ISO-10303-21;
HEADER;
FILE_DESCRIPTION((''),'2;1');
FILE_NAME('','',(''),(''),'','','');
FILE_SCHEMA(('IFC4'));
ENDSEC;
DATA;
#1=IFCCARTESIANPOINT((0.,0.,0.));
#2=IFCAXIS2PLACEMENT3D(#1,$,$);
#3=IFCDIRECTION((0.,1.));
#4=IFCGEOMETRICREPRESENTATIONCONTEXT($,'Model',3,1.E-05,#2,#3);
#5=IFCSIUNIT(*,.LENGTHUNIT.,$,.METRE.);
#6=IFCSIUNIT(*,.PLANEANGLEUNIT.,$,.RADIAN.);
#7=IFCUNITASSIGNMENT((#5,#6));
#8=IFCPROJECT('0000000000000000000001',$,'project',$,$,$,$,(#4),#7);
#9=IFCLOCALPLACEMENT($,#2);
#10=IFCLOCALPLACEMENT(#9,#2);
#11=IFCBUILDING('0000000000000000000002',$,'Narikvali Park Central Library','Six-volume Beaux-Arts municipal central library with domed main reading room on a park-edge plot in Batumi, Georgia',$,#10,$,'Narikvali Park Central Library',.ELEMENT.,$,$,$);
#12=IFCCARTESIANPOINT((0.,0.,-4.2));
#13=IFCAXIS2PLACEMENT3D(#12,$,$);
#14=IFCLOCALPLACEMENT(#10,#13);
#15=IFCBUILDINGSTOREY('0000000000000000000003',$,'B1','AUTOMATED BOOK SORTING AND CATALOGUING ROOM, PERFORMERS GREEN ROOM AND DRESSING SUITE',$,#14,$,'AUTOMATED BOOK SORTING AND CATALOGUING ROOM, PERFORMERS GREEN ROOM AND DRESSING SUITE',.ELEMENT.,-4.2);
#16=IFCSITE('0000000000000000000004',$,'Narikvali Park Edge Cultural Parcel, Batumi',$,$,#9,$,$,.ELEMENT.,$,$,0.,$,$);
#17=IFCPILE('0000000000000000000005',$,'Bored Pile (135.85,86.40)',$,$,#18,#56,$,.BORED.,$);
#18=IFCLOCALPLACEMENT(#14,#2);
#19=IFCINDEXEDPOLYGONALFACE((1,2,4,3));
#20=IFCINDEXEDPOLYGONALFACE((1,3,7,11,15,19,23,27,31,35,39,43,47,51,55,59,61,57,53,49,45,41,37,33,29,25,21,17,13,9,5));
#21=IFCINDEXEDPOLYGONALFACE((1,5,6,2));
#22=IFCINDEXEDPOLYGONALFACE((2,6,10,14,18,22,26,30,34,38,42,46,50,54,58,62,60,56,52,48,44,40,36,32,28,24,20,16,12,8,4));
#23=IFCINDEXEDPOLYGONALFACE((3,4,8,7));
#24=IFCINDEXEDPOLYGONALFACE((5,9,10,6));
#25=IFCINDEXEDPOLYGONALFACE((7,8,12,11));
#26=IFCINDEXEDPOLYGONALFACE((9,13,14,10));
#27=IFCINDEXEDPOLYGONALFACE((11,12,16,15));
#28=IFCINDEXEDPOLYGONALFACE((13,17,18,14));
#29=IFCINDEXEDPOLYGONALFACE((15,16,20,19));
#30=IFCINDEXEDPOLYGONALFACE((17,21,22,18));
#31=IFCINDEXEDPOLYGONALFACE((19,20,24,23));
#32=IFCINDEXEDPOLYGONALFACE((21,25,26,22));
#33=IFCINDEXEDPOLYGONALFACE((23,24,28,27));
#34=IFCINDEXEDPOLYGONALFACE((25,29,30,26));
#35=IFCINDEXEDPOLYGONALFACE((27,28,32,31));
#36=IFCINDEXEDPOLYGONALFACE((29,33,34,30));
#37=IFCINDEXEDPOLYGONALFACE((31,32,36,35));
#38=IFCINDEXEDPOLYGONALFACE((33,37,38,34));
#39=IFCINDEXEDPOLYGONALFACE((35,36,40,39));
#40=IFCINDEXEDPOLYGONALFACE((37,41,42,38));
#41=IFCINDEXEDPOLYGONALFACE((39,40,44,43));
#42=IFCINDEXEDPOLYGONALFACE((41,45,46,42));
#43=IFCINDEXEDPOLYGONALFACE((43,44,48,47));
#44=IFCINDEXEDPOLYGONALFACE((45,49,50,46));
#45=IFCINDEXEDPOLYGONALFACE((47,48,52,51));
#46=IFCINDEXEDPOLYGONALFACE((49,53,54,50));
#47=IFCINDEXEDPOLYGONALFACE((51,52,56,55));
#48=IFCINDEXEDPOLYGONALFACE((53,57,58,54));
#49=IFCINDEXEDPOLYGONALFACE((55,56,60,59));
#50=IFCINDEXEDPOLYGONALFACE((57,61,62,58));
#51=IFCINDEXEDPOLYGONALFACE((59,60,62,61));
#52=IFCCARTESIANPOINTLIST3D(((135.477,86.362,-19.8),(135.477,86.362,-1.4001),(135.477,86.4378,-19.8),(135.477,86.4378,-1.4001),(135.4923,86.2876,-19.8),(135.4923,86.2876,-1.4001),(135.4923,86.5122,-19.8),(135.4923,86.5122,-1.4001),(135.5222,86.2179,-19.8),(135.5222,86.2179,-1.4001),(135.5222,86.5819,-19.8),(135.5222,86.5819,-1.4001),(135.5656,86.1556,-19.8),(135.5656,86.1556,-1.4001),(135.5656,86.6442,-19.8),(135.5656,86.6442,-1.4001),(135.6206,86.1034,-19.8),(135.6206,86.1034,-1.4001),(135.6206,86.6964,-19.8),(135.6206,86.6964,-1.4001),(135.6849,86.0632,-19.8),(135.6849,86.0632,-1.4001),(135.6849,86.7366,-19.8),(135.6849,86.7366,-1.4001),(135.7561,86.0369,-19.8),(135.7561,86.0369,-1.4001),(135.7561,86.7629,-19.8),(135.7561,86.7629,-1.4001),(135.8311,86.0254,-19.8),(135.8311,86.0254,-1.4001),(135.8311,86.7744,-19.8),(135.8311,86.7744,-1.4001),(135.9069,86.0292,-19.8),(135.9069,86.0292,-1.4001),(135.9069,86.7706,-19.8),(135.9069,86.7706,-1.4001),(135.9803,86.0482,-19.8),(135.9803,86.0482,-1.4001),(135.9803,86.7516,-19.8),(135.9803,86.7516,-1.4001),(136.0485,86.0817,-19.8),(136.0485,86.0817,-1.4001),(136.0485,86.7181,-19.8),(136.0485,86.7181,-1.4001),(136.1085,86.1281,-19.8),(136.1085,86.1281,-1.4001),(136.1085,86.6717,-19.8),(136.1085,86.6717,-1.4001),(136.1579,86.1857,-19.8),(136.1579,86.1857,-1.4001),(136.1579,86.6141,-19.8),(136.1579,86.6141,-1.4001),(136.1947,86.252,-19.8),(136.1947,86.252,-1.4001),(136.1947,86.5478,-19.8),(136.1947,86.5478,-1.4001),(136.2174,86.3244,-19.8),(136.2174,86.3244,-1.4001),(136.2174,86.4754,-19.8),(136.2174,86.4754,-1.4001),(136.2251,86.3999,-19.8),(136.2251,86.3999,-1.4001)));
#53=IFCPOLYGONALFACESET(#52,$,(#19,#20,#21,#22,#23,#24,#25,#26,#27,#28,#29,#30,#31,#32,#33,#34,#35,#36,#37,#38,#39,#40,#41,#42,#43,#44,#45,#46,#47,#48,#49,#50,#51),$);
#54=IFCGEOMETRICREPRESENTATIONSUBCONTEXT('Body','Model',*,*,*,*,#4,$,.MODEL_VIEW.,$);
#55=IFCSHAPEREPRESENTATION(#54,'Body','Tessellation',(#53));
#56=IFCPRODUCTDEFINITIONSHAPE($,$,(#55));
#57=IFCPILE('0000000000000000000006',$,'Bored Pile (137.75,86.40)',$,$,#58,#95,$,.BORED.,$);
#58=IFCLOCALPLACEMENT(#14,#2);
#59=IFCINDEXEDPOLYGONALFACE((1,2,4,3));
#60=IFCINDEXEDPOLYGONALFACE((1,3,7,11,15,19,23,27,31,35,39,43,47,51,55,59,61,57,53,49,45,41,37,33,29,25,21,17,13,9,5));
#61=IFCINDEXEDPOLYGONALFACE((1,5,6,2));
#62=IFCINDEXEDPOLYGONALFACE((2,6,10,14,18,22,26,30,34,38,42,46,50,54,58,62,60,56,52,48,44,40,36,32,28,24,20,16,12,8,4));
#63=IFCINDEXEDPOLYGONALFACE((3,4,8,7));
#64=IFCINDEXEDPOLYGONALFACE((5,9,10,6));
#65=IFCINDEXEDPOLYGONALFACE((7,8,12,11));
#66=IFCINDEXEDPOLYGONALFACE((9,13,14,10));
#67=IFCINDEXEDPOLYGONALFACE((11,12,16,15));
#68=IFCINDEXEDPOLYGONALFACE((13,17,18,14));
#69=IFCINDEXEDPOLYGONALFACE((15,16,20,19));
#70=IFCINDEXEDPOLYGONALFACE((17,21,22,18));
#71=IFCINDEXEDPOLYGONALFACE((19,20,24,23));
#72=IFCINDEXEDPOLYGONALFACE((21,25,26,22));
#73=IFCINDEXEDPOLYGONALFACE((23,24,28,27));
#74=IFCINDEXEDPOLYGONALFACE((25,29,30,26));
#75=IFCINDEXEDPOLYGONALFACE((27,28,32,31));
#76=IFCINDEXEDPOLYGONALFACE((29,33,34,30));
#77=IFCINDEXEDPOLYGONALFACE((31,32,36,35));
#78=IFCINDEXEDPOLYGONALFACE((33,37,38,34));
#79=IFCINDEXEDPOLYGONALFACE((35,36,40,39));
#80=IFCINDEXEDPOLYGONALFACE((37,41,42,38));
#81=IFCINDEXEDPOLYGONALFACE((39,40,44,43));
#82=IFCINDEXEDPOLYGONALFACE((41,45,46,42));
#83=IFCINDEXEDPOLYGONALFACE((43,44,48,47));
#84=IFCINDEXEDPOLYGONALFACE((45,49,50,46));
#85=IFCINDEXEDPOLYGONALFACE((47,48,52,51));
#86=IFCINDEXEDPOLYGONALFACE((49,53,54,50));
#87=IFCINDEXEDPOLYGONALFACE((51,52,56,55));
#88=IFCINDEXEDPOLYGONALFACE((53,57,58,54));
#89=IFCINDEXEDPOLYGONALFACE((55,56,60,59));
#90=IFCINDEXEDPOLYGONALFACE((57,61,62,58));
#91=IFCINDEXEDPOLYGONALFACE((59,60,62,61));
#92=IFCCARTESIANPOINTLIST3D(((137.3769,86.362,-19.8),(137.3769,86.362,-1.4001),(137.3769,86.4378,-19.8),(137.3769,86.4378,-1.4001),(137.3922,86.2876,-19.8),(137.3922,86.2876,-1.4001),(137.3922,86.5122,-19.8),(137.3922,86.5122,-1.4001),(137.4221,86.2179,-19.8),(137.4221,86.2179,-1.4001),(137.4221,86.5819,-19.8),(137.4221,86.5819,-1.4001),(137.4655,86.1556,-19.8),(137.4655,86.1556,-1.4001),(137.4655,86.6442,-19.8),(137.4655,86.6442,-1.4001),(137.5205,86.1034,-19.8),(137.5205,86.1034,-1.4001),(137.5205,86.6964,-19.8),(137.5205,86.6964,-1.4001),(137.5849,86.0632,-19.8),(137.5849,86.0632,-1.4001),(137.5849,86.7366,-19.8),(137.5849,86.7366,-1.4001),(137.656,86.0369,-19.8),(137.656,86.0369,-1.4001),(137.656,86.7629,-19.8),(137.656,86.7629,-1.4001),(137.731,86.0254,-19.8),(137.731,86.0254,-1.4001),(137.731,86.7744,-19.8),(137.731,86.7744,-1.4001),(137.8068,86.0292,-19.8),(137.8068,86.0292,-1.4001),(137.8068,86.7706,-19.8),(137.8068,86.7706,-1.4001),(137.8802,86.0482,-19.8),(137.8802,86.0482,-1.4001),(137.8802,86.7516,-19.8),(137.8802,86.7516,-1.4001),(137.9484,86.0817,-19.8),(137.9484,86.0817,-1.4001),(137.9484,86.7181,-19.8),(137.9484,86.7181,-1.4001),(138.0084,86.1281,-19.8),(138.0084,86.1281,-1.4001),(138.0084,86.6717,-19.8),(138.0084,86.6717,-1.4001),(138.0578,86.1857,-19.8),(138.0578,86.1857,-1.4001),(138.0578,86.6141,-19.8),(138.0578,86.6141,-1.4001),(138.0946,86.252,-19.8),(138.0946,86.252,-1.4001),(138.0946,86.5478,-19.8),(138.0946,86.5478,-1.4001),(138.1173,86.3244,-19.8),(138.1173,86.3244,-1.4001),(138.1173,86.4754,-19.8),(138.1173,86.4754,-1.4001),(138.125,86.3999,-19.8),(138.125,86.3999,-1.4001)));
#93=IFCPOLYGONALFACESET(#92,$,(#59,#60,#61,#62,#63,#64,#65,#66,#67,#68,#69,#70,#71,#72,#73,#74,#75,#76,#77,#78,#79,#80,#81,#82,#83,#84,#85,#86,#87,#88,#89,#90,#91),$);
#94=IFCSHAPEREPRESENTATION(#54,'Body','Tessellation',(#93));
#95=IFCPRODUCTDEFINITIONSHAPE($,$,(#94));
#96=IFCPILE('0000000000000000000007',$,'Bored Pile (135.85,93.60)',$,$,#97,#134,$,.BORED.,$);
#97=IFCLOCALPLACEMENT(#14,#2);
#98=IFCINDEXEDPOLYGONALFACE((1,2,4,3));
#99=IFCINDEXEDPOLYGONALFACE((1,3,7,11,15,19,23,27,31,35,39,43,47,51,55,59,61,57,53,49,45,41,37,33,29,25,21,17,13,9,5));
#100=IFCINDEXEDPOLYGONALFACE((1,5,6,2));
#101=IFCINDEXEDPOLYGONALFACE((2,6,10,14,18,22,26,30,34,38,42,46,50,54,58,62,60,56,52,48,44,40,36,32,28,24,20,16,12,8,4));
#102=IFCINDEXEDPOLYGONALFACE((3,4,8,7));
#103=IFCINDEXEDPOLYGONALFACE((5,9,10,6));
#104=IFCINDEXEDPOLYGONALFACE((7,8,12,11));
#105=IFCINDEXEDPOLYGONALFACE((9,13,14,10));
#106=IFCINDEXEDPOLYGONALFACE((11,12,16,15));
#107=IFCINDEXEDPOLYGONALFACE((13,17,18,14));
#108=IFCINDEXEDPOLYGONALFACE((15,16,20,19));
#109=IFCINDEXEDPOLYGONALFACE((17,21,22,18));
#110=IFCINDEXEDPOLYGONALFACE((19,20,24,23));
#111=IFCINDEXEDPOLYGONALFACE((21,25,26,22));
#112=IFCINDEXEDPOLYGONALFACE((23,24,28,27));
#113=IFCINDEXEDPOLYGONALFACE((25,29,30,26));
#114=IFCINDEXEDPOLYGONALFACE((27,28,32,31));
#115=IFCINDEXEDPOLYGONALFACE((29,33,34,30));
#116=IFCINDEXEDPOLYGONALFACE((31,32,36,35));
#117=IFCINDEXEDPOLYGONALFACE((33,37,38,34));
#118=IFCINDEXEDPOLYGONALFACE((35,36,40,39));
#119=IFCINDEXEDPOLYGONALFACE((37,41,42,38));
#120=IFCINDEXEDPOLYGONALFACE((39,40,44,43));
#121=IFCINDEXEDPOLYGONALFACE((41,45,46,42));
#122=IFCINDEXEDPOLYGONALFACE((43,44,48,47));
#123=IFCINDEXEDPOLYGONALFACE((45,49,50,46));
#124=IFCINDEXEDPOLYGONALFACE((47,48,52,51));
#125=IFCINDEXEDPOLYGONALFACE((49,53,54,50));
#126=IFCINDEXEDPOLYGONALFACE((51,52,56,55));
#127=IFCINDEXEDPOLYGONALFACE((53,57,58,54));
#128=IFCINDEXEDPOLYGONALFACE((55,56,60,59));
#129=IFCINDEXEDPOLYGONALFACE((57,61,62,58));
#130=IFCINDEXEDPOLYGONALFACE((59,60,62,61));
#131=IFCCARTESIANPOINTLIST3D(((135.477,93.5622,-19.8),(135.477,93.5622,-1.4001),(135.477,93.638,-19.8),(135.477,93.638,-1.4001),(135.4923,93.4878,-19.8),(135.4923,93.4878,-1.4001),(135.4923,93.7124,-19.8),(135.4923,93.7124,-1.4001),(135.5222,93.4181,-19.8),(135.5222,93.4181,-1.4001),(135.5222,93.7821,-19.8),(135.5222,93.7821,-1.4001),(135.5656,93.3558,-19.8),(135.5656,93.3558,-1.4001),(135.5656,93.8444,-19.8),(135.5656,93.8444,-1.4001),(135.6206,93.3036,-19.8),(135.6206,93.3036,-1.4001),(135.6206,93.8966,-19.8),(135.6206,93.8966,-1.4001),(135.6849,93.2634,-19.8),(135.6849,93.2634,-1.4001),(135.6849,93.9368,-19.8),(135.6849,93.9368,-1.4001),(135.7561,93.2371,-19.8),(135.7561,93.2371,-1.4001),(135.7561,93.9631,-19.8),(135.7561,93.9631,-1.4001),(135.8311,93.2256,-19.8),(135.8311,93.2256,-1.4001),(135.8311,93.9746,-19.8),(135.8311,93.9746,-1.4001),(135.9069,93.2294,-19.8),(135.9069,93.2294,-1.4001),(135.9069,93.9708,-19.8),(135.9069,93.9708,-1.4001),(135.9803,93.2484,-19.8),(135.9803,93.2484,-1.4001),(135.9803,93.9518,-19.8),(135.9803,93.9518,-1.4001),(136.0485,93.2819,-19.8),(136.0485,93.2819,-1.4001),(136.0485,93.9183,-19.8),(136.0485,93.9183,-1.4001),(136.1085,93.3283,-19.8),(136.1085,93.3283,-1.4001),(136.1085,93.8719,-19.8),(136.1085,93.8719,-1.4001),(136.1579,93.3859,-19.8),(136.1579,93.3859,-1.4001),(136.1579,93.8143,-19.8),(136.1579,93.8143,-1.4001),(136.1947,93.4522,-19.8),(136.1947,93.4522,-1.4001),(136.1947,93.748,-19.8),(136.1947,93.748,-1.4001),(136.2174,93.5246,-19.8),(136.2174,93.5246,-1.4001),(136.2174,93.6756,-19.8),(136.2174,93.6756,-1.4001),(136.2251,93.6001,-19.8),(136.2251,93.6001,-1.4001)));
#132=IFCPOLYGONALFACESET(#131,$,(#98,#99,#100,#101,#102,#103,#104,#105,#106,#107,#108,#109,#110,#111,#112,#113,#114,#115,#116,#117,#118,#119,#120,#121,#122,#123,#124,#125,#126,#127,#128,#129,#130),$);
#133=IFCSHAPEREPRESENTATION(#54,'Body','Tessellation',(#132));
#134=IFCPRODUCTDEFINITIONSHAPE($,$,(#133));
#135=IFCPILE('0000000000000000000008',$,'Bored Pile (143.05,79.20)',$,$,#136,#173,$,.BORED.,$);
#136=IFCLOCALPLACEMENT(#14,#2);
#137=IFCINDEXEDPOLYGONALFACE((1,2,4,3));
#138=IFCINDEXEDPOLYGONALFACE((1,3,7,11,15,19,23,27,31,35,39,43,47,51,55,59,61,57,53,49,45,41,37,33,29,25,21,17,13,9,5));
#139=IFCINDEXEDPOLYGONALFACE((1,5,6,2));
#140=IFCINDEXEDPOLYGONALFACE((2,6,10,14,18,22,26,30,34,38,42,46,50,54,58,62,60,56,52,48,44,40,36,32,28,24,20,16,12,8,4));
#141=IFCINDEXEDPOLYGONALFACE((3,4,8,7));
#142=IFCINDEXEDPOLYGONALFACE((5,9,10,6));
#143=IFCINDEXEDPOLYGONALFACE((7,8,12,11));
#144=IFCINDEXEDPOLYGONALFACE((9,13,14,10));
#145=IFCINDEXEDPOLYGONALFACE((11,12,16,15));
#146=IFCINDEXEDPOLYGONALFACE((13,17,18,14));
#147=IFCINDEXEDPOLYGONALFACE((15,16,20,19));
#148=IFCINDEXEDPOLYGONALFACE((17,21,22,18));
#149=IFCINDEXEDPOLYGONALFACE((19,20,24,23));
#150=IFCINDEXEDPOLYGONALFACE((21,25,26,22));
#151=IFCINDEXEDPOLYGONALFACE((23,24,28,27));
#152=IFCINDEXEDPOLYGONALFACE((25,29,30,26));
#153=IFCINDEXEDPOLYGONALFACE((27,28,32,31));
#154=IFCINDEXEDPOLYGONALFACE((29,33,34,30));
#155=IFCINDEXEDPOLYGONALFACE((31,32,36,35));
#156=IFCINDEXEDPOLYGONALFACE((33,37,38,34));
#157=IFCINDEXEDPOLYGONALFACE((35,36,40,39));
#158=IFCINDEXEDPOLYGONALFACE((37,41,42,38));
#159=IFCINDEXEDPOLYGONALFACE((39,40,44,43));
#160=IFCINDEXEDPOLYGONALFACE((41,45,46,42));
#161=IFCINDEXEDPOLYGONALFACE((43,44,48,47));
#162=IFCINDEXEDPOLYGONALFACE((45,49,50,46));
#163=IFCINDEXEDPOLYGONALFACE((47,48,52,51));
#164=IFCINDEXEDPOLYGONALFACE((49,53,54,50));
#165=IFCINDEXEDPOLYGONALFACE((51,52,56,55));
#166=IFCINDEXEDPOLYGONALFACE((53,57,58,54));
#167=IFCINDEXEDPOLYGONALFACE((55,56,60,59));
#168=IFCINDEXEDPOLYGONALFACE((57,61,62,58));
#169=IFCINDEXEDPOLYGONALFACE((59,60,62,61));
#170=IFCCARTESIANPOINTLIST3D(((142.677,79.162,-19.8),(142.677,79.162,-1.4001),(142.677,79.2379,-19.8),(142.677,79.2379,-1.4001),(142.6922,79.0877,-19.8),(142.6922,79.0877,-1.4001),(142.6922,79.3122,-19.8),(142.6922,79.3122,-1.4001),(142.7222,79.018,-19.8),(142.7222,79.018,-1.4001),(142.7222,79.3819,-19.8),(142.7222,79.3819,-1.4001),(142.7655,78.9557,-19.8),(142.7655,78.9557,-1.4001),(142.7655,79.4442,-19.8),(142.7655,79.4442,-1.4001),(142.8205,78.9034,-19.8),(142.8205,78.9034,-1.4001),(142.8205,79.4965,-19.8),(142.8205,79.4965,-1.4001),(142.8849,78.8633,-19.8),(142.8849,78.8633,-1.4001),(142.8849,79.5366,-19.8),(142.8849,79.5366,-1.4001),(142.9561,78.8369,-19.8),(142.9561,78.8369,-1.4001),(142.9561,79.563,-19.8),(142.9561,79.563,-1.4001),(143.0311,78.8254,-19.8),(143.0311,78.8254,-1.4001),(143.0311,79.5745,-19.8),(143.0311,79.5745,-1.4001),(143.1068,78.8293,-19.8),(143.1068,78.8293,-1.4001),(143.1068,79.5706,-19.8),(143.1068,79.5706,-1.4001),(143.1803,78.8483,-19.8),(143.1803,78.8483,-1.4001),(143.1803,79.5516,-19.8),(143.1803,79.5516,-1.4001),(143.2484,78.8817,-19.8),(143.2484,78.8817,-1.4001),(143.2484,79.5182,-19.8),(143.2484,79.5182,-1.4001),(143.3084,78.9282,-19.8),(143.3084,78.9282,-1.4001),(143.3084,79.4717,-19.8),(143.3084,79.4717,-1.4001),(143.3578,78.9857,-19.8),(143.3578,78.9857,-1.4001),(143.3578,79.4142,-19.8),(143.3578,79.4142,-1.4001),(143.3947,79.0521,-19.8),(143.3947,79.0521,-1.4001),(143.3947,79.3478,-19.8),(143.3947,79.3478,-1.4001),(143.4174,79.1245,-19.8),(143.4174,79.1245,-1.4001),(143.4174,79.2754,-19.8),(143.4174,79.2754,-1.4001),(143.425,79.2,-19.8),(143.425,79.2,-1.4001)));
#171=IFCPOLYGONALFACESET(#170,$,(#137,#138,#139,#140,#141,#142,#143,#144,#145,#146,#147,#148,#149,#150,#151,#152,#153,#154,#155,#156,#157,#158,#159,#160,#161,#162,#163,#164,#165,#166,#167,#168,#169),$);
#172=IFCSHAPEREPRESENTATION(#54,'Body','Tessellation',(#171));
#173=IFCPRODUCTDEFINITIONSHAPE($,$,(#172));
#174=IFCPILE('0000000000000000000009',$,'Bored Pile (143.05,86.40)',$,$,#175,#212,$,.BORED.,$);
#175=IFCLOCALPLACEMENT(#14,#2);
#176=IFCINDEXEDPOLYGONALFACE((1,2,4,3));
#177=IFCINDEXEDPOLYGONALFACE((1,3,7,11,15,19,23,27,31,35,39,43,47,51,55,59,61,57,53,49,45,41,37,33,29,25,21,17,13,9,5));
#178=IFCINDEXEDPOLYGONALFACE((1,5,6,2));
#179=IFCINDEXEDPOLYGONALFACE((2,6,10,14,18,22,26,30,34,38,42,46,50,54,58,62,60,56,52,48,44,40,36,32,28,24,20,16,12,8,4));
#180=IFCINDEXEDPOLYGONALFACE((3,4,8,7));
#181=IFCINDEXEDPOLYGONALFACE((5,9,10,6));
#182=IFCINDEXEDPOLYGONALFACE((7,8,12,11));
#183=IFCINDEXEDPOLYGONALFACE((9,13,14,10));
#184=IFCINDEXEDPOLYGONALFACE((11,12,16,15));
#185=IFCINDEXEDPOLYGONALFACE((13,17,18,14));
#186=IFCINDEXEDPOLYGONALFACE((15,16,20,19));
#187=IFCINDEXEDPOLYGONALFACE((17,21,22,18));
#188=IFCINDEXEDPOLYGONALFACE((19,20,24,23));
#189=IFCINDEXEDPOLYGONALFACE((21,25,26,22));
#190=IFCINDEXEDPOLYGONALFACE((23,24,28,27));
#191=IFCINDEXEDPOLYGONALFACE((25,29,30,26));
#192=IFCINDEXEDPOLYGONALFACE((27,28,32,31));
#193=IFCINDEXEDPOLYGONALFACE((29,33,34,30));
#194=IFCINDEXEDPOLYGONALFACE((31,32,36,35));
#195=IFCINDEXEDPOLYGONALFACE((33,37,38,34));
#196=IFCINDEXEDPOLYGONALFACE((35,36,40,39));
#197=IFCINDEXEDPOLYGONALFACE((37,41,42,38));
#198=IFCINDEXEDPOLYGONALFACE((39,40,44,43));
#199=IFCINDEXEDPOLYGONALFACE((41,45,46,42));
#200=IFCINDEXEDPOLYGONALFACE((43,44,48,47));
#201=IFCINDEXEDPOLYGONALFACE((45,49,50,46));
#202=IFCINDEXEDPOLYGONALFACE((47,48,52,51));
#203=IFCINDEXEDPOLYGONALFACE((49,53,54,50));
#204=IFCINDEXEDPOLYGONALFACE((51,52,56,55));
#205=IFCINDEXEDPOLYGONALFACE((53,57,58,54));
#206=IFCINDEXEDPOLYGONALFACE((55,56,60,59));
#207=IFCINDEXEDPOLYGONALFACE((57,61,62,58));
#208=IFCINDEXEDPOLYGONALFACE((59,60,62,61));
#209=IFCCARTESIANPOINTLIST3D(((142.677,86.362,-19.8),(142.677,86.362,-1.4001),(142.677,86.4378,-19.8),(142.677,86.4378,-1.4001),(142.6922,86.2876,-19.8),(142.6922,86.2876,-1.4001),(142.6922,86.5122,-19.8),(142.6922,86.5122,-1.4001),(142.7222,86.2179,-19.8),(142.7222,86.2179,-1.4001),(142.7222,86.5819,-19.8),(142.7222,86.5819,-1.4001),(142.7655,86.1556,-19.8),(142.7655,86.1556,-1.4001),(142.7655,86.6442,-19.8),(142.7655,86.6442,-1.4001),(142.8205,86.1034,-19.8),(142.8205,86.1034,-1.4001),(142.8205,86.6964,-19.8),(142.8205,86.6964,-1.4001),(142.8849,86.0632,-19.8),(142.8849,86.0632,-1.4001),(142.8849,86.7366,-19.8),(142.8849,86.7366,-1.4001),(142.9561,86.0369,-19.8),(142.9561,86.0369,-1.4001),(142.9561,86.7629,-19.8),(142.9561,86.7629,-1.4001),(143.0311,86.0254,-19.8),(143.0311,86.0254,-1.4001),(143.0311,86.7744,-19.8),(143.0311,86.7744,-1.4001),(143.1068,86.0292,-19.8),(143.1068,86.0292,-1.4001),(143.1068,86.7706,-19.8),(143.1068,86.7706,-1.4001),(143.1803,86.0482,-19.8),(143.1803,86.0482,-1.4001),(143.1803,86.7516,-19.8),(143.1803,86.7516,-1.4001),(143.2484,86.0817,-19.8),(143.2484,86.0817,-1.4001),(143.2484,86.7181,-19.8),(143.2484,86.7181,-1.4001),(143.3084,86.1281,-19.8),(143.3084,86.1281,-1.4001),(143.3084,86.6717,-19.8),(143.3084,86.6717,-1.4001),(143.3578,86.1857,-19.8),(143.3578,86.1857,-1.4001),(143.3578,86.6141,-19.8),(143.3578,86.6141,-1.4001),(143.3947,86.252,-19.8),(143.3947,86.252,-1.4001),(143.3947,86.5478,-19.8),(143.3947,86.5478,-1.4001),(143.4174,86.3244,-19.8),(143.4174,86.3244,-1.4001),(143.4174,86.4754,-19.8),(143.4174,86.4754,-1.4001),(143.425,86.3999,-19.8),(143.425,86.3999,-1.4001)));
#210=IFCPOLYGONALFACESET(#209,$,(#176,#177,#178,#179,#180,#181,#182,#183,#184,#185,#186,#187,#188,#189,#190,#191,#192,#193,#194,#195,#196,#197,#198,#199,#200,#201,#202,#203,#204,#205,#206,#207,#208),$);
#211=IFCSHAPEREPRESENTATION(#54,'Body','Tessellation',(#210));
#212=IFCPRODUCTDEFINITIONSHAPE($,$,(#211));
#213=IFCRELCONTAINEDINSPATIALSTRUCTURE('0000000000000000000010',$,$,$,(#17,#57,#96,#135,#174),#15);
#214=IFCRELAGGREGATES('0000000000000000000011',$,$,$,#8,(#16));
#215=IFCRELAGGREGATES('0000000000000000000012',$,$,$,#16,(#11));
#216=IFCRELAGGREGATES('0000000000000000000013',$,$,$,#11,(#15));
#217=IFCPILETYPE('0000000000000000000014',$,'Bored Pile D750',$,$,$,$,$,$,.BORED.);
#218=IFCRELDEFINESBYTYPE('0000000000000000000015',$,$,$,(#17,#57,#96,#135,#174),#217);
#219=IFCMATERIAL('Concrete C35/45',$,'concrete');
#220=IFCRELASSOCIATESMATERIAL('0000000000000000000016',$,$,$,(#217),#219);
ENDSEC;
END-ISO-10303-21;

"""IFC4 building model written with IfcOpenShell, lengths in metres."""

from ifc_helpers import new_model, si_unit, direction, frame, origin, origin_2d, place, context, subcontext, project, spatial, circle, extrude, material, material_profile, profile_set, type_object, element, save


model = new_model("IFC4")

# Units and contexts
model_context = context("Model", 3, precision=1e-05, world=origin(), true_north=direction((0.0, 1.0)))
body_context = subcontext(model_context, "Body", "Model", "MODEL_VIEW")
ifc_project = project(units=[si_unit("LENGTHUNIT", "METRE"), si_unit("PLANEANGLEUNIT", "RADIAN")], contexts=[model_context])

# Site, building, storey
site_placement = place(None, origin())
site = spatial("IfcSite", under=ifc_project, at=site_placement, Name="Narikvali Park Edge Cultural Parcel, Batumi", CompositionType="ELEMENT", RefElevation=0.0)
building_placement = place(site_placement, origin())
building = spatial("IfcBuilding", under=site, at=building_placement, Name="Narikvali Park Central Library", Description="Six-volume Beaux-Arts municipal central library with domed main reading room on a park-edge plot in Batumi, Georgia", LongName="Narikvali Park Central Library", CompositionType="ELEMENT")
storey_placement = place(building_placement, frame((0.0, 0.0, -4.2)))
storey = spatial("IfcBuildingStorey", under=building, at=storey_placement, Name="B1", Description="AUTOMATED BOOK SORTING AND CATALOGUING ROOM, PERFORMERS GREEN ROOM AND DRESSING SUITE", LongName="AUTOMATED BOOK SORTING AND CATALOGUING ROOM, PERFORMERS GREEN ROOM AND DRESSING SUITE", CompositionType="ELEMENT", Elevation=-4.2)

# Piles
ifc_material_1 = material(Name="Concrete C35/45", Category="concrete")
ifc_material_profile_1 = material_profile(ifc_material_1, circle(Radius=0.375, at=origin_2d()), Name="PILE D750")
ifc_profile_set_1 = profile_set([ifc_material_profile_1], Name="Concrete C35/45")
pile_type = type_object("IfcPileType", Name="Bored Pile D750", PredefinedType="BORED", material=ifc_profile_set_1)
for number, where, z_axis, x_axis, name in (
    (1, (135.8501, 86.3999, -1.4001), (0.0, 0.0, -1.0), (1.0, 0.0, 0.0), "Bored Pile (135.85,86.40)"),
    (2, (137.75, 86.3999, -1.4001), (0.0, 0.0, -1.0), (1.0, 0.0, 0.0), "Bored Pile (137.75,86.40)"),
    (3, (135.8501, 93.6001, -1.4001), (0.0, 0.0, -1.0), (1.0, 0.0, 0.0), "Bored Pile (135.85,93.60)"),
    (4, (143.05, 79.2, -1.4001), (0.0, 0.0, -1.0), (1.0, 0.0, 0.0), "Bored Pile (143.05,79.20)"),
    (5, (143.05, 86.3999, -1.4001), (0.0, 0.0, -1.0), (1.0, 0.0, 0.0), "Bored Pile (143.05,86.40)"),
):
    element("IfcPile", number, at=place(storey_placement, frame(where, z_axis=z_axis, x_axis=x_axis)), inside=storey, type_object=pile_type, Name=name, PredefinedType="BORED", context=body_context, shape_type="SweptSolid", body=[
        extrude(circle(Radius=0.375, at=origin_2d()), origin(), (0.0, 0.0, 1.0), 18.3999),
    ])

save(model, "model.ifc")
